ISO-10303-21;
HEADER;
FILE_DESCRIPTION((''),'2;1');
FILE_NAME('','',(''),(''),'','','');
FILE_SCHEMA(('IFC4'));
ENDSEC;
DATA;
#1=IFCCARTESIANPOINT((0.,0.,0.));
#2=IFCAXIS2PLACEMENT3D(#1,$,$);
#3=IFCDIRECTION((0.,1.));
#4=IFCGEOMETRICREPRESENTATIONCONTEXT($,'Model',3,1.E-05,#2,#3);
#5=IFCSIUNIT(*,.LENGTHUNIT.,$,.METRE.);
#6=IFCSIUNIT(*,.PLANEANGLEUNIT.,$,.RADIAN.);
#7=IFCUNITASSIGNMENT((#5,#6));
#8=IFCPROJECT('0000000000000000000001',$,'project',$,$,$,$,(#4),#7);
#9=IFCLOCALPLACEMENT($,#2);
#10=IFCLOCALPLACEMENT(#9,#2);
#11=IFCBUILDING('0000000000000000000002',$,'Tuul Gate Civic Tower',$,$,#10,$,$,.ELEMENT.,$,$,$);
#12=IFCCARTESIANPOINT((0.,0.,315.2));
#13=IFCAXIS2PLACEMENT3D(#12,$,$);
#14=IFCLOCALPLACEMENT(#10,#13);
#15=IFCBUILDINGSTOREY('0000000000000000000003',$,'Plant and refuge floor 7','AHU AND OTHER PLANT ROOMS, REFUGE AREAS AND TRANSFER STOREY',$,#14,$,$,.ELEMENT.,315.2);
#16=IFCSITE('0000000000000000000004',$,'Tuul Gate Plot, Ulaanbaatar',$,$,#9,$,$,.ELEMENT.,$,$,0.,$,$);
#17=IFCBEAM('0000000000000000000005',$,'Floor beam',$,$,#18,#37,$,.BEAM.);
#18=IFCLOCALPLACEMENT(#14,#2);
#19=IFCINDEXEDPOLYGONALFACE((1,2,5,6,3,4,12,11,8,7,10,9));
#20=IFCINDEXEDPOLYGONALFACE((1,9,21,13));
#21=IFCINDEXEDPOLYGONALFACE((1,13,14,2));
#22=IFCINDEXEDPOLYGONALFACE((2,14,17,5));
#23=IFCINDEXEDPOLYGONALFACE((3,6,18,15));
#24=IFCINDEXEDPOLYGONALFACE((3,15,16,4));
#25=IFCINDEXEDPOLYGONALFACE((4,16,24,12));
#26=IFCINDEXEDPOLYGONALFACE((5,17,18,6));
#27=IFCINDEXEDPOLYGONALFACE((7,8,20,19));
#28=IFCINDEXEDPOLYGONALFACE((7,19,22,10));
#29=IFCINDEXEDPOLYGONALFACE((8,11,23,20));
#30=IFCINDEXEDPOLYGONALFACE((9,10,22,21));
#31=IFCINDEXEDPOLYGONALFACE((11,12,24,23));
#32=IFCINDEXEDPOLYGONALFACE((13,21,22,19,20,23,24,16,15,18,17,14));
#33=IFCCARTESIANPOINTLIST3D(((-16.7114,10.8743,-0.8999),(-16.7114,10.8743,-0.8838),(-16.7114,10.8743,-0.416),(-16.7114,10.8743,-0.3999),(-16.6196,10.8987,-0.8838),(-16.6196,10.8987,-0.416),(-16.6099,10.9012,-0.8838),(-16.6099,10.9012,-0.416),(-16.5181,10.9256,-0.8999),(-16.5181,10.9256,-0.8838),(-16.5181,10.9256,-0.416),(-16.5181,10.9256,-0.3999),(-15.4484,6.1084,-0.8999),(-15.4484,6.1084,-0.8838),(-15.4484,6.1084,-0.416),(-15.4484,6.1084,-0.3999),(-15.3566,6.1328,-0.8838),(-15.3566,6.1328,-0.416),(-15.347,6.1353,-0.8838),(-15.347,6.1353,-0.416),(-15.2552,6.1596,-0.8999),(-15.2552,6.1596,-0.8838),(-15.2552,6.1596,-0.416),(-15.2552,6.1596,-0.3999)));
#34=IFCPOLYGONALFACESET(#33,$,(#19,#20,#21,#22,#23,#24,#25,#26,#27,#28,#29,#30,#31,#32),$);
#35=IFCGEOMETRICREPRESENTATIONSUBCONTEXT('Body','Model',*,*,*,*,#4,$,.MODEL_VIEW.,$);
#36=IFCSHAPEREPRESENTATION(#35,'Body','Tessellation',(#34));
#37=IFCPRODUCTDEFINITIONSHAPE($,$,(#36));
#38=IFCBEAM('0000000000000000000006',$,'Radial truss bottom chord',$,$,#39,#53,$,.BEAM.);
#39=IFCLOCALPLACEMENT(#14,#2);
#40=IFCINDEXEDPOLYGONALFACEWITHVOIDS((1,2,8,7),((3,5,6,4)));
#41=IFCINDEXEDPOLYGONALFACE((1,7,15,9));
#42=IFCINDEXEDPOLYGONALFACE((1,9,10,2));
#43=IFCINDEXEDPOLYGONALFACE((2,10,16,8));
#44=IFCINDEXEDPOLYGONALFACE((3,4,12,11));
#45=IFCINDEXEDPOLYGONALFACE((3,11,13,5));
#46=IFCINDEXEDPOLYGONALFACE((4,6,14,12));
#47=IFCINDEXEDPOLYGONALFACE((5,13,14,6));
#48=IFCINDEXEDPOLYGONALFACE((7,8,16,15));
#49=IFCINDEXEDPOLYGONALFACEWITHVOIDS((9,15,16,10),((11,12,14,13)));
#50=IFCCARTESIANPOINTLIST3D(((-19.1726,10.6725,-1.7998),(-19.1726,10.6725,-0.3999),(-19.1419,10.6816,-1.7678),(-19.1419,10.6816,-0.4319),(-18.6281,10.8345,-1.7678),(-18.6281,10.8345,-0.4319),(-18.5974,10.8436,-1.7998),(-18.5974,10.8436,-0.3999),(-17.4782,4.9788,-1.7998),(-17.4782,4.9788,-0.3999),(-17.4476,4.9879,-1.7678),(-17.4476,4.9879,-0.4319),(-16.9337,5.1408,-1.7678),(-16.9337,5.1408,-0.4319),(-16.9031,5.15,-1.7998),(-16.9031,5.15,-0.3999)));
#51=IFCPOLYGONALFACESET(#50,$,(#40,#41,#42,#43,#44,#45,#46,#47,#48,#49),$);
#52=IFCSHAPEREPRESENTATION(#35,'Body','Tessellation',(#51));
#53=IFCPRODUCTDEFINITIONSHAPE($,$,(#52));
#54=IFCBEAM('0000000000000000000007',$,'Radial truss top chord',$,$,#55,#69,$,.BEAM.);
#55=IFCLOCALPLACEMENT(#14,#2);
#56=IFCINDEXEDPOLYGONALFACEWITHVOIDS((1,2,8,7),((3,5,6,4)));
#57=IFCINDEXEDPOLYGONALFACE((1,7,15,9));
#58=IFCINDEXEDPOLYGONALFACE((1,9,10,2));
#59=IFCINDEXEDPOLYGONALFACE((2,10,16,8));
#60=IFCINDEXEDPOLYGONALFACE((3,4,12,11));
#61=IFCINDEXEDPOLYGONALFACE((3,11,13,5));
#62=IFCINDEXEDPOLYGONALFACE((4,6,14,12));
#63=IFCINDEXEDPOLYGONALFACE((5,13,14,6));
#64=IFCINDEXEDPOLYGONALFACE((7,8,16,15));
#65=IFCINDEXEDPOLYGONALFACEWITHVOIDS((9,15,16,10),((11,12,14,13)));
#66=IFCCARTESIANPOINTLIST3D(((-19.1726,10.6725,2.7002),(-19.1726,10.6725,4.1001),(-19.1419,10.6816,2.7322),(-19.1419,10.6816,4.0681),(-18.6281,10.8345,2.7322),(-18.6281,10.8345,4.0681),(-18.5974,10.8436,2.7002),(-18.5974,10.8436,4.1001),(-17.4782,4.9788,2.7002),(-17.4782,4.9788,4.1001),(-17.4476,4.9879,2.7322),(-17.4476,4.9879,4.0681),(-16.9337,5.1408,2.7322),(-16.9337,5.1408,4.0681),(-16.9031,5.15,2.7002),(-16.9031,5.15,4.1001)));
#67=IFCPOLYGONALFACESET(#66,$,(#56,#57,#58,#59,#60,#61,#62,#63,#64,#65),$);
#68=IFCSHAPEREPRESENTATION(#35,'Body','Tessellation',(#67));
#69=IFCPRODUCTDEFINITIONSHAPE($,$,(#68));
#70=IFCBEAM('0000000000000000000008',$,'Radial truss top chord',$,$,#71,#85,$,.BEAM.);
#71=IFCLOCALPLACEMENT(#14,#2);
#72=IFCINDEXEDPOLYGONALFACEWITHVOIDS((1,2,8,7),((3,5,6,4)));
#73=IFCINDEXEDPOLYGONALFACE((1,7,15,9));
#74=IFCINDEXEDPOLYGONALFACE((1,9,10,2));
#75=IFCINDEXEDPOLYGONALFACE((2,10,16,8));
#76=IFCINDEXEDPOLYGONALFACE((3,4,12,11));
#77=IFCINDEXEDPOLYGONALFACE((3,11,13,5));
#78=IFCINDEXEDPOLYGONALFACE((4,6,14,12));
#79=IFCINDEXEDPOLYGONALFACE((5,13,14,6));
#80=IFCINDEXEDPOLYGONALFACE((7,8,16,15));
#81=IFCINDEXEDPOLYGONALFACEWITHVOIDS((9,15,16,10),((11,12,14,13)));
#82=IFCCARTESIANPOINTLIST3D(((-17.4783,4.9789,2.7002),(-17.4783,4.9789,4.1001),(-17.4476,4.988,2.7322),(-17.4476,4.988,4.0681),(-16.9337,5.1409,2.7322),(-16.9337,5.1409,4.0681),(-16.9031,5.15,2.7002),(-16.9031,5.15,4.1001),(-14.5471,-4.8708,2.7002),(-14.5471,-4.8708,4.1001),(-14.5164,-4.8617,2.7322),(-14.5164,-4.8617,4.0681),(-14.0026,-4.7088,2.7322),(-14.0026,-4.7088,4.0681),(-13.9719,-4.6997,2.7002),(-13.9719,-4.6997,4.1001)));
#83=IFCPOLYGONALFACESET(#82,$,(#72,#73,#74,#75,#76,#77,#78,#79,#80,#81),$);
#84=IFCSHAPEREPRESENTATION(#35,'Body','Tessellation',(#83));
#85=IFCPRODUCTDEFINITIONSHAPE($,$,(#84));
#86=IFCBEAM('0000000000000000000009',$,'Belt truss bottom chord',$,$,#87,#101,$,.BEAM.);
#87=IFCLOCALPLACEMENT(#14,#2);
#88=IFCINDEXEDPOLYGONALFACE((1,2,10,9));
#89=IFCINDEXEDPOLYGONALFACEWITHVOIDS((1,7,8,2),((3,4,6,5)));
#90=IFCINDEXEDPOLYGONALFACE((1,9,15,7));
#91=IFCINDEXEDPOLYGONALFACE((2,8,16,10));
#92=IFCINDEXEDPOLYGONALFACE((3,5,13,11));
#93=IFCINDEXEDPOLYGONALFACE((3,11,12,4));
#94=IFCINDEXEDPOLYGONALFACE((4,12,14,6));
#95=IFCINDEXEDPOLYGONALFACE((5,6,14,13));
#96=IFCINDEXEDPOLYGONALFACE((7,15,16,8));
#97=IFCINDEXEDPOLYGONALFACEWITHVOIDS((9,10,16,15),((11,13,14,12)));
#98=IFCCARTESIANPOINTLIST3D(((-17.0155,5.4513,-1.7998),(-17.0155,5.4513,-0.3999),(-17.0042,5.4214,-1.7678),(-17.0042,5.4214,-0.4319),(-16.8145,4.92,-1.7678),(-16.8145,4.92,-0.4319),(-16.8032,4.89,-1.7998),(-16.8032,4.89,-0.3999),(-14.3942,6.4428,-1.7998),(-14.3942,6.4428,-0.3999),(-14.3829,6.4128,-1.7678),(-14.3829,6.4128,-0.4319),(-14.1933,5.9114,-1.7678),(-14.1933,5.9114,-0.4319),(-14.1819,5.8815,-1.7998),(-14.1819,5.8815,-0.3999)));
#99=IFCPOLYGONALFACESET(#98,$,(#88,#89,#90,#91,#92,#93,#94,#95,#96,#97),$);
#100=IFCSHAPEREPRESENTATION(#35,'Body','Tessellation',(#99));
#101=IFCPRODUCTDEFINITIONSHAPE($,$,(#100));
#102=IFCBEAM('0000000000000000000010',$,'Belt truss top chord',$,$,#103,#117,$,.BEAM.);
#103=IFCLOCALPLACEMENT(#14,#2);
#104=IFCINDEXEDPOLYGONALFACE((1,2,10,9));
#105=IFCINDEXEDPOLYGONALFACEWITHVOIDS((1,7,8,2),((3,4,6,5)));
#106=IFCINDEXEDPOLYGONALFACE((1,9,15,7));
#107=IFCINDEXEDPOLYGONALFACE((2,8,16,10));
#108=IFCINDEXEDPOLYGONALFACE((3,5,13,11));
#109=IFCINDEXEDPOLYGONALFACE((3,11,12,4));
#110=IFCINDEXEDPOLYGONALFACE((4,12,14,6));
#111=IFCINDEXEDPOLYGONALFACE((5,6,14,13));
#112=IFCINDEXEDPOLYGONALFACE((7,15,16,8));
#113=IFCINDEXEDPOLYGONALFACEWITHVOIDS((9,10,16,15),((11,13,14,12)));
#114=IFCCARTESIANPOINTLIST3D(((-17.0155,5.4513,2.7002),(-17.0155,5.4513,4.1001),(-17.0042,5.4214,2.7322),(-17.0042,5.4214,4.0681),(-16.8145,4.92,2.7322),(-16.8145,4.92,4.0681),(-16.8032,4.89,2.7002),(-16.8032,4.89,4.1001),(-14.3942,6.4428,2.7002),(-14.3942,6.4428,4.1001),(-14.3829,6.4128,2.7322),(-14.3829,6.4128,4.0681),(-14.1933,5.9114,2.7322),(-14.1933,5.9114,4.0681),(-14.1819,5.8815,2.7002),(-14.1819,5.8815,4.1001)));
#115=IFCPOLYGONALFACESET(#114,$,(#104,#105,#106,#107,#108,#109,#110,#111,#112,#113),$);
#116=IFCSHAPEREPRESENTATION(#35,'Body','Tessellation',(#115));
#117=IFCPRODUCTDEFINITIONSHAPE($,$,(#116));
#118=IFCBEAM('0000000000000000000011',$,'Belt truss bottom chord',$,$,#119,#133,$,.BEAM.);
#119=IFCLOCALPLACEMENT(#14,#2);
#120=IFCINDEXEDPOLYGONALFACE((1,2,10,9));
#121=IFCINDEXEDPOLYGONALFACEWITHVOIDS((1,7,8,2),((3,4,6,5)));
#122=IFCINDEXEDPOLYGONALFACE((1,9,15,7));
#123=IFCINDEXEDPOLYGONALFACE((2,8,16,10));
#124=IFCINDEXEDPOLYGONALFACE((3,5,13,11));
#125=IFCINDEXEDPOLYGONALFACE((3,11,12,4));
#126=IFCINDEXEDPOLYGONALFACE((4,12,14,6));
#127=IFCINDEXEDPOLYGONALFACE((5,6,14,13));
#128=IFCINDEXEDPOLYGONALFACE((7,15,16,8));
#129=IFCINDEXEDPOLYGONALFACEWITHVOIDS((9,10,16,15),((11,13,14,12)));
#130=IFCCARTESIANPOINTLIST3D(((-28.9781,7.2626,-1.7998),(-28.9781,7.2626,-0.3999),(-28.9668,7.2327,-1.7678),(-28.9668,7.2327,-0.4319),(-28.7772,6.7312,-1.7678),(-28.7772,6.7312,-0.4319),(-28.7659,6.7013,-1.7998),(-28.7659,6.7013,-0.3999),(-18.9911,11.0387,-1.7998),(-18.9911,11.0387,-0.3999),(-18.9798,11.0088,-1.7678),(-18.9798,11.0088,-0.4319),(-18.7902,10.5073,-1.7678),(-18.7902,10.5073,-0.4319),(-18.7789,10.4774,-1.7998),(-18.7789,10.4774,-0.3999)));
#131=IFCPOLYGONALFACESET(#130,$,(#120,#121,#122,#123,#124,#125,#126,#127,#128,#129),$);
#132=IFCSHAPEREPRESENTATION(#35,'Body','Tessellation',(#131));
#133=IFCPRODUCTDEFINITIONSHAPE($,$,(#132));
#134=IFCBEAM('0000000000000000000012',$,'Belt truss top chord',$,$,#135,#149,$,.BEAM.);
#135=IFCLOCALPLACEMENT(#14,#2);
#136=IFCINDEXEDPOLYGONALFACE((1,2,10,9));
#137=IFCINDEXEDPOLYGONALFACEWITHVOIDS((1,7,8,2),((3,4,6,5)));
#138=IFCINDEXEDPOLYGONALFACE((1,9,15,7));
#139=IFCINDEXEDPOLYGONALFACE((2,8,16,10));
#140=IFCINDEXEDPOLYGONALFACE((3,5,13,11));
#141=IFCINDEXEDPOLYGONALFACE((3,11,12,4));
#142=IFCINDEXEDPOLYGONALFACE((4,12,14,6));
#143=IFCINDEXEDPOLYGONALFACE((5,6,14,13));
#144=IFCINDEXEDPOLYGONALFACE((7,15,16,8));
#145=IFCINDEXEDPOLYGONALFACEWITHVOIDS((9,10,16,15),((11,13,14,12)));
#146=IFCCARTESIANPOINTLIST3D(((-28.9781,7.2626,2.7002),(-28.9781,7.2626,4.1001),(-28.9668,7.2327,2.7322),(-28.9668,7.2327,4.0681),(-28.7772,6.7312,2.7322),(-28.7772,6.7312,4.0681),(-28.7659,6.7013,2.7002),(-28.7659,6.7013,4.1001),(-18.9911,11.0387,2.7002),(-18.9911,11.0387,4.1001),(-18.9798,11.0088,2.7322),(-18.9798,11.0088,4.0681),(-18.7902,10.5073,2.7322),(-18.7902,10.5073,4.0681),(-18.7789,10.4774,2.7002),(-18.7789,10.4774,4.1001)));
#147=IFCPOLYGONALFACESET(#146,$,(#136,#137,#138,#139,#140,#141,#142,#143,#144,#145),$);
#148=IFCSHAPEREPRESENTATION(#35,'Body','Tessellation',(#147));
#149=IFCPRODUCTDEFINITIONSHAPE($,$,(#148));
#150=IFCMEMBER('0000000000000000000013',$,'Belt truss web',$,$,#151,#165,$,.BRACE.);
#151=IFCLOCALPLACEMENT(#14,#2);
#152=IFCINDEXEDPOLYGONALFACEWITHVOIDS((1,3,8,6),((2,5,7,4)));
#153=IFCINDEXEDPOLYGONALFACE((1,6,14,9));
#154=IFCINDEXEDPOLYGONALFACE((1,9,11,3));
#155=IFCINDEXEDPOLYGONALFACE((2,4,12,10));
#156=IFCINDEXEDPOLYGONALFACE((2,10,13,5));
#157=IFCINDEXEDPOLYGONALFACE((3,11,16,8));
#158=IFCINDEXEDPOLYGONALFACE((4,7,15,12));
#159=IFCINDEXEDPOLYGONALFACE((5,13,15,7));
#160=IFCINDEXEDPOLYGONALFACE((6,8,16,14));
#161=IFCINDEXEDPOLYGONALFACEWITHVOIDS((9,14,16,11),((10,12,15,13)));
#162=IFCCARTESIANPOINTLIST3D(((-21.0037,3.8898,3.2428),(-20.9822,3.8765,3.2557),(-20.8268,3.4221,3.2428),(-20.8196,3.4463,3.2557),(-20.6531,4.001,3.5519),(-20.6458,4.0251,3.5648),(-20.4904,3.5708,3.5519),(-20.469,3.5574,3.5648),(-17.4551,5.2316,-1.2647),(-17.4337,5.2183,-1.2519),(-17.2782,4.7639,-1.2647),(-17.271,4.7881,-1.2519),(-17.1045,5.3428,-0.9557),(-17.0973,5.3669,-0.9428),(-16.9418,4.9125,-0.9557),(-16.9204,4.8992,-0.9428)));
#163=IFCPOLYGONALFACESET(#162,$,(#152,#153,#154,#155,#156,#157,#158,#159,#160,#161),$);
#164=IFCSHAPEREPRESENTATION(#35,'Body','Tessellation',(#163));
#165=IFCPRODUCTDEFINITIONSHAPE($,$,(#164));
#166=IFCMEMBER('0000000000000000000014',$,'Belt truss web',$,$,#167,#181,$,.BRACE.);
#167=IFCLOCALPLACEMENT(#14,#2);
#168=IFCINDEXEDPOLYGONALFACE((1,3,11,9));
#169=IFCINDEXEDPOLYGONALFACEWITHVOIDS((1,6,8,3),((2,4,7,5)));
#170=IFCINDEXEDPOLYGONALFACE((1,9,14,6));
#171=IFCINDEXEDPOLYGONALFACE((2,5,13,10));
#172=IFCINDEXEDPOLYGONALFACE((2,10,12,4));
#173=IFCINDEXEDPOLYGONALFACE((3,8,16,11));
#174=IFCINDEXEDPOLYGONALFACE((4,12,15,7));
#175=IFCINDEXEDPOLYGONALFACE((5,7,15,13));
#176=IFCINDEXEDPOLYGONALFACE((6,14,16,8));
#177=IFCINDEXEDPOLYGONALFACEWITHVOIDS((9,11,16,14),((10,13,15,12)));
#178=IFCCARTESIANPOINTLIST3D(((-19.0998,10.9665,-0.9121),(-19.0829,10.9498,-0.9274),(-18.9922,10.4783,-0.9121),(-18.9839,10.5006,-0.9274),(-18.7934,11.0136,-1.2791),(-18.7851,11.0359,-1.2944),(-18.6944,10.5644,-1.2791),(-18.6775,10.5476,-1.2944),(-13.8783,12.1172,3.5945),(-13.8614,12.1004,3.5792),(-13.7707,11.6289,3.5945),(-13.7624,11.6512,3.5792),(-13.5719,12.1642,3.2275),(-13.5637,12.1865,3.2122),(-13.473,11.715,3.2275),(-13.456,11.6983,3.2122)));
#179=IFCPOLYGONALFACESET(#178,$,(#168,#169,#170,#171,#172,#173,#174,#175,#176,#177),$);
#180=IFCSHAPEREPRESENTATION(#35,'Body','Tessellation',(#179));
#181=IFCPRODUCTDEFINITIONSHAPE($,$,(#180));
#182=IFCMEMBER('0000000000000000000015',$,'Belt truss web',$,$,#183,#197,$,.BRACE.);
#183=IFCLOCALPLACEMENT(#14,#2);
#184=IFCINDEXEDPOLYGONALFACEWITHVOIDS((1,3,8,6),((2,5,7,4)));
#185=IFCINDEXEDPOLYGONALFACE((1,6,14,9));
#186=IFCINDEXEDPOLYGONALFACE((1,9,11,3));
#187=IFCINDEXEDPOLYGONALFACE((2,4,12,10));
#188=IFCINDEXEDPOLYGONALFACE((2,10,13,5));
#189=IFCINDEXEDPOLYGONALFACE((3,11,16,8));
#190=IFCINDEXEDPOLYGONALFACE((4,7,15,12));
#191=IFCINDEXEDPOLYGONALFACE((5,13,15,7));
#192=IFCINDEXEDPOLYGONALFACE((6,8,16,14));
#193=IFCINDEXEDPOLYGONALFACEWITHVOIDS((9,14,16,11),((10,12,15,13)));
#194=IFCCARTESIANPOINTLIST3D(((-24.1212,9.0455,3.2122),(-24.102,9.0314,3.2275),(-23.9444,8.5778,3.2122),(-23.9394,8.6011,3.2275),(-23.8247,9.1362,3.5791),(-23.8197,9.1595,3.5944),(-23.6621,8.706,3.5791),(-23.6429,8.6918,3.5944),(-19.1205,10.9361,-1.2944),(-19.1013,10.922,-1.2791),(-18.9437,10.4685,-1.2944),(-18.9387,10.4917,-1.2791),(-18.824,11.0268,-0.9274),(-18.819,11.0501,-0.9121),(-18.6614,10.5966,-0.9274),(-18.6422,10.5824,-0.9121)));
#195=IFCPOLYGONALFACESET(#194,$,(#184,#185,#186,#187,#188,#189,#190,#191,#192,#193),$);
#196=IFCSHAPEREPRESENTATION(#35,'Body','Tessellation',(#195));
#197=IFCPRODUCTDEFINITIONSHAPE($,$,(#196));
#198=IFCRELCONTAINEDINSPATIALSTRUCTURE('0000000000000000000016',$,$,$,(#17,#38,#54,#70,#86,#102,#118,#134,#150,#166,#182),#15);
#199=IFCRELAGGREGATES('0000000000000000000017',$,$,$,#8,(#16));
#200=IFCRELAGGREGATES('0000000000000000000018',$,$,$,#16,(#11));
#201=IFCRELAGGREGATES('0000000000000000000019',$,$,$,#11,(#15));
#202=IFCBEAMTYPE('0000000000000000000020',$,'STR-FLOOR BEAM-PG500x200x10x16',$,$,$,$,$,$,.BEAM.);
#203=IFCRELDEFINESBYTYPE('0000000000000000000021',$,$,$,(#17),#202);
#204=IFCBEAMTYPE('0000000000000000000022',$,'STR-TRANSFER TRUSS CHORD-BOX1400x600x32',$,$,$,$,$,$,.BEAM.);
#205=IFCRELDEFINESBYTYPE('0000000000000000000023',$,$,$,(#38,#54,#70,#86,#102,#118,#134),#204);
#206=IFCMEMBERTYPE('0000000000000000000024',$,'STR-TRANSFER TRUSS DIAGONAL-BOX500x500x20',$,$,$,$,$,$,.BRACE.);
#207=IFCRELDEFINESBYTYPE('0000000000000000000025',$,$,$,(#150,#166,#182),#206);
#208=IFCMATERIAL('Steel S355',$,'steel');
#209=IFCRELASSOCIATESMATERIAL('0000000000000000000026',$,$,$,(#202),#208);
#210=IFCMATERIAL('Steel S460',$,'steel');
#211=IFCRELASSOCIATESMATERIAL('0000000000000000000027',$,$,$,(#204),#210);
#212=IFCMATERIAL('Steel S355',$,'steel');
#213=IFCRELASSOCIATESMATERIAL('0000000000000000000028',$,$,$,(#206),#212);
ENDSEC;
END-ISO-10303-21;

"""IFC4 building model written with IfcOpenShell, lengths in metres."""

from ifc_helpers import new_model, si_unit, direction, frame, origin, origin_2d, place, context, subcontext, project, spatial, hollow_rectangle, i_section, extrude, material, material_profile, profile_set, type_object, element, save


model = new_model("IFC4")

# Units and contexts
model_context = context("Model", 3, precision=1e-05, world=origin(), true_north=direction((0.0, 1.0)))
body_context = subcontext(model_context, "Body", "Model", "MODEL_VIEW")
ifc_project = project(units=[si_unit("LENGTHUNIT", "METRE"), si_unit("PLANEANGLEUNIT", "RADIAN")], contexts=[model_context])

# Site, building, storey
site_placement = place(None, origin())
site = spatial("IfcSite", under=ifc_project, at=site_placement, Name="Tuul Gate Plot, Ulaanbaatar", CompositionType="ELEMENT", RefElevation=0.0)
building_placement = place(site_placement, origin())
building = spatial("IfcBuilding", under=site, at=building_placement, Name="Tuul Gate Civic Tower", CompositionType="ELEMENT")
storey_placement = place(building_placement, frame((0.0, 0.0, 315.2)))
storey = spatial("IfcBuildingStorey", under=building, at=storey_placement, Name="Plant and refuge floor 7", Description="AHU AND OTHER PLANT ROOMS, REFUGE AREAS AND TRANSFER STOREY", CompositionType="ELEMENT", Elevation=315.2)

# Beams
ifc_material_1 = material(Name="Steel S355", Category="steel")
ifc_material_profile_1 = material_profile(ifc_material_1, i_section(OverallWidth=0.2, OverallDepth=0.5, WebThickness=0.01, FlangeThickness=0.0161, at=origin_2d()), Name="PG500x200x10x16")
ifc_profile_set_1 = profile_set([ifc_material_profile_1], Name="Steel S355")
beam_type_1 = type_object("IfcBeamType", Name="STR-FLOOR BEAM-PG500x200x10x16", PredefinedType="BEAM", material=ifc_profile_set_1)
beam_1_placement = place(storey_placement, frame((-15.3518, 6.134, -0.6499), z_axis=(-0.256155, 0.966636, 0.0), x_axis=(-0.966636, -0.256155, 0.0)))
element("IfcBeam", 1, at=beam_1_placement, inside=storey, type_object=beam_type_1, Name="Floor beam", PredefinedType="BEAM", context=body_context, shape_type="SweptSolid", body=[
    extrude(i_section(OverallWidth=0.2, OverallDepth=0.5, WebThickness=0.01, FlangeThickness=0.0161, at=origin_2d()), origin(), (0.0, 0.0, 1.0), 4.9304),
])
ifc_material_2 = material(Name="Steel S460", Category="steel")
ifc_material_profile_2 = material_profile(ifc_material_2, hollow_rectangle(XDim=0.6001, YDim=1.3999, WallThickness=0.032, at=origin_2d()), Name="BOX1400x600x32")
ifc_profile_set_2 = profile_set([ifc_material_profile_2], Name="Steel S460")
beam_type_2 = type_object("IfcBeamType", Name="STR-TRANSFER TRUSS CHORD-BOX1400x600x32", PredefinedType="BEAM", material=ifc_profile_set_2)
for number, where, z_axis, x_axis, name in (
    (2, (-18.885, 10.7581, -1.0999), (0.285224, -0.958461, 0.0), (0.958461, 0.285224, 0.0), "Radial truss bottom chord"),
    (3, (-18.885, 10.7581, 3.4001), (0.285224, -0.958461, 0.0), (0.958461, 0.285224, 0.0), "Radial truss top chord"),
):
    element("IfcBeam", number, at=place(storey_placement, frame(where, z_axis=z_axis, x_axis=x_axis)), inside=storey, type_object=beam_type_2, Name=name, PredefinedType="BEAM", context=body_context, shape_type="SweptSolid", body=[
        extrude(hollow_rectangle(XDim=0.6001, YDim=1.3999, WallThickness=0.032, at=origin_2d()), origin(), (0.0, 0.0, 1.0), 5.9404),
    ])
beam_2_placement = place(storey_placement, frame((-17.1907, 5.0645, 3.4001), z_axis=(0.285229, -0.95846, 0.0), x_axis=(0.95846, 0.285229, 0.0)))
element("IfcBeam", 4, at=beam_2_placement, inside=storey, type_object=beam_type_2, Name="Radial truss top chord", PredefinedType="BEAM", context=body_context, shape_type="SweptSolid", body=[
    extrude(hollow_rectangle(XDim=0.6001, YDim=1.3999, WallThickness=0.032, at=origin_2d()), origin(), (0.0, 0.0, 1.0), 10.2766),
])
for number, where, z_axis, x_axis, name in (
    (5, (-14.2881, 6.1621, -1.0999), (-0.935334, -0.353766, 0.0), (0.353766, -0.935334, 0.0), "Belt truss bottom chord"),
    (6, (-14.2881, 6.1621, 3.4001), (-0.935334, -0.353766, 0.0), (0.353766, -0.935334, 0.0), "Belt truss top chord"),
):
    element("IfcBeam", number, at=place(storey_placement, frame(where, z_axis=z_axis, x_axis=x_axis)), inside=storey, type_object=beam_type_2, Name=name, PredefinedType="BEAM", context=body_context, shape_type="SweptSolid", body=[
        extrude(hollow_rectangle(XDim=0.6001, YDim=1.3999, WallThickness=0.032, at=origin_2d()), origin(), (0.0, 0.0, 1.0), 2.8025),
    ])
for number, where, z_axis, x_axis, name in (
    (7, (-18.885, 10.7581, -1.0999), (-0.935372, -0.353666, 0.0), (0.353666, -0.935372, 0.0), "Belt truss bottom chord"),
    (8, (-18.885, 10.7581, 3.4001), (-0.935372, -0.353666, 0.0), (0.353666, -0.935372, 0.0), "Belt truss top chord"),
):
    element("IfcBeam", number, at=place(storey_placement, frame(where, z_axis=z_axis, x_axis=x_axis)), inside=storey, type_object=beam_type_2, Name=name, PredefinedType="BEAM", context=body_context, shape_type="SweptSolid", body=[
        extrude(hollow_rectangle(XDim=0.6001, YDim=1.3999, WallThickness=0.032, at=origin_2d()), origin(), (0.0, 0.0, 1.0), 10.677),
    ])

# Members
ifc_material_3 = material(Name="Steel S355", Category="steel")
ifc_material_profile_3 = material_profile(ifc_material_3, hollow_rectangle(XDim=0.5, YDim=0.5, WallThickness=0.02, at=origin_2d()), Name="BOX500x500x20")
ifc_profile_set_3 = profile_set([ifc_material_profile_3], Name="Steel S355")
member_type_1 = type_object("IfcMemberType", Name="STR-TRANSFER TRUSS DIAGONAL-BOX500x500x20", PredefinedType="BRACE", material=ifc_profile_set_3)
member_1_placement = place(storey_placement, frame((-17.1877, 5.0654, -1.1038), z_axis=(-0.602312, -0.227747, 0.765083), x_axis=(0.353682, -0.935366, 0.0)))
element("IfcMember", 9, at=member_1_placement, inside=storey, type_object=member_type_1, Name="Belt truss web", PredefinedType="BRACE", context=body_context, shape_type="SweptSolid", body=[
    extrude(hollow_rectangle(XDim=0.5, YDim=0.5, WallThickness=0.02, at=origin_2d()), origin(), (0.0, 0.0, 1.0), 5.8916),
])
member_2_placement = place(storey_placement, frame((-18.8887, 10.7571, -1.1033), z_axis=(0.746707, 0.16455, 0.644478), x_axis=(-0.215204, 0.976569, 0.0)))
element("IfcMember", 10, at=member_2_placement, inside=storey, type_object=member_type_1, Name="Belt truss web", PredefinedType="BRACE", context=body_context, shape_type="SweptSolid", body=[
    extrude(hollow_rectangle(XDim=0.5, YDim=0.5, WallThickness=0.02, at=origin_2d()), origin(), (0.0, 0.0, 1.0), 6.9927),
])
member_3_placement = place(storey_placement, frame((-18.8813, 10.7593, -1.1033), z_axis=(-0.715185, -0.27039, 0.644515), x_axis=(0.353639, -0.935382, 0.0)))
element("IfcMember", 11, at=member_3_placement, inside=storey, type_object=member_type_1, Name="Belt truss web", PredefinedType="BRACE", context=body_context, shape_type="SweptSolid", body=[
    extrude(hollow_rectangle(XDim=0.5, YDim=0.5, WallThickness=0.02, at=origin_2d()), origin(), (0.0, 0.0, 1.0), 6.9922),
])

save(model, "model.ifc")
